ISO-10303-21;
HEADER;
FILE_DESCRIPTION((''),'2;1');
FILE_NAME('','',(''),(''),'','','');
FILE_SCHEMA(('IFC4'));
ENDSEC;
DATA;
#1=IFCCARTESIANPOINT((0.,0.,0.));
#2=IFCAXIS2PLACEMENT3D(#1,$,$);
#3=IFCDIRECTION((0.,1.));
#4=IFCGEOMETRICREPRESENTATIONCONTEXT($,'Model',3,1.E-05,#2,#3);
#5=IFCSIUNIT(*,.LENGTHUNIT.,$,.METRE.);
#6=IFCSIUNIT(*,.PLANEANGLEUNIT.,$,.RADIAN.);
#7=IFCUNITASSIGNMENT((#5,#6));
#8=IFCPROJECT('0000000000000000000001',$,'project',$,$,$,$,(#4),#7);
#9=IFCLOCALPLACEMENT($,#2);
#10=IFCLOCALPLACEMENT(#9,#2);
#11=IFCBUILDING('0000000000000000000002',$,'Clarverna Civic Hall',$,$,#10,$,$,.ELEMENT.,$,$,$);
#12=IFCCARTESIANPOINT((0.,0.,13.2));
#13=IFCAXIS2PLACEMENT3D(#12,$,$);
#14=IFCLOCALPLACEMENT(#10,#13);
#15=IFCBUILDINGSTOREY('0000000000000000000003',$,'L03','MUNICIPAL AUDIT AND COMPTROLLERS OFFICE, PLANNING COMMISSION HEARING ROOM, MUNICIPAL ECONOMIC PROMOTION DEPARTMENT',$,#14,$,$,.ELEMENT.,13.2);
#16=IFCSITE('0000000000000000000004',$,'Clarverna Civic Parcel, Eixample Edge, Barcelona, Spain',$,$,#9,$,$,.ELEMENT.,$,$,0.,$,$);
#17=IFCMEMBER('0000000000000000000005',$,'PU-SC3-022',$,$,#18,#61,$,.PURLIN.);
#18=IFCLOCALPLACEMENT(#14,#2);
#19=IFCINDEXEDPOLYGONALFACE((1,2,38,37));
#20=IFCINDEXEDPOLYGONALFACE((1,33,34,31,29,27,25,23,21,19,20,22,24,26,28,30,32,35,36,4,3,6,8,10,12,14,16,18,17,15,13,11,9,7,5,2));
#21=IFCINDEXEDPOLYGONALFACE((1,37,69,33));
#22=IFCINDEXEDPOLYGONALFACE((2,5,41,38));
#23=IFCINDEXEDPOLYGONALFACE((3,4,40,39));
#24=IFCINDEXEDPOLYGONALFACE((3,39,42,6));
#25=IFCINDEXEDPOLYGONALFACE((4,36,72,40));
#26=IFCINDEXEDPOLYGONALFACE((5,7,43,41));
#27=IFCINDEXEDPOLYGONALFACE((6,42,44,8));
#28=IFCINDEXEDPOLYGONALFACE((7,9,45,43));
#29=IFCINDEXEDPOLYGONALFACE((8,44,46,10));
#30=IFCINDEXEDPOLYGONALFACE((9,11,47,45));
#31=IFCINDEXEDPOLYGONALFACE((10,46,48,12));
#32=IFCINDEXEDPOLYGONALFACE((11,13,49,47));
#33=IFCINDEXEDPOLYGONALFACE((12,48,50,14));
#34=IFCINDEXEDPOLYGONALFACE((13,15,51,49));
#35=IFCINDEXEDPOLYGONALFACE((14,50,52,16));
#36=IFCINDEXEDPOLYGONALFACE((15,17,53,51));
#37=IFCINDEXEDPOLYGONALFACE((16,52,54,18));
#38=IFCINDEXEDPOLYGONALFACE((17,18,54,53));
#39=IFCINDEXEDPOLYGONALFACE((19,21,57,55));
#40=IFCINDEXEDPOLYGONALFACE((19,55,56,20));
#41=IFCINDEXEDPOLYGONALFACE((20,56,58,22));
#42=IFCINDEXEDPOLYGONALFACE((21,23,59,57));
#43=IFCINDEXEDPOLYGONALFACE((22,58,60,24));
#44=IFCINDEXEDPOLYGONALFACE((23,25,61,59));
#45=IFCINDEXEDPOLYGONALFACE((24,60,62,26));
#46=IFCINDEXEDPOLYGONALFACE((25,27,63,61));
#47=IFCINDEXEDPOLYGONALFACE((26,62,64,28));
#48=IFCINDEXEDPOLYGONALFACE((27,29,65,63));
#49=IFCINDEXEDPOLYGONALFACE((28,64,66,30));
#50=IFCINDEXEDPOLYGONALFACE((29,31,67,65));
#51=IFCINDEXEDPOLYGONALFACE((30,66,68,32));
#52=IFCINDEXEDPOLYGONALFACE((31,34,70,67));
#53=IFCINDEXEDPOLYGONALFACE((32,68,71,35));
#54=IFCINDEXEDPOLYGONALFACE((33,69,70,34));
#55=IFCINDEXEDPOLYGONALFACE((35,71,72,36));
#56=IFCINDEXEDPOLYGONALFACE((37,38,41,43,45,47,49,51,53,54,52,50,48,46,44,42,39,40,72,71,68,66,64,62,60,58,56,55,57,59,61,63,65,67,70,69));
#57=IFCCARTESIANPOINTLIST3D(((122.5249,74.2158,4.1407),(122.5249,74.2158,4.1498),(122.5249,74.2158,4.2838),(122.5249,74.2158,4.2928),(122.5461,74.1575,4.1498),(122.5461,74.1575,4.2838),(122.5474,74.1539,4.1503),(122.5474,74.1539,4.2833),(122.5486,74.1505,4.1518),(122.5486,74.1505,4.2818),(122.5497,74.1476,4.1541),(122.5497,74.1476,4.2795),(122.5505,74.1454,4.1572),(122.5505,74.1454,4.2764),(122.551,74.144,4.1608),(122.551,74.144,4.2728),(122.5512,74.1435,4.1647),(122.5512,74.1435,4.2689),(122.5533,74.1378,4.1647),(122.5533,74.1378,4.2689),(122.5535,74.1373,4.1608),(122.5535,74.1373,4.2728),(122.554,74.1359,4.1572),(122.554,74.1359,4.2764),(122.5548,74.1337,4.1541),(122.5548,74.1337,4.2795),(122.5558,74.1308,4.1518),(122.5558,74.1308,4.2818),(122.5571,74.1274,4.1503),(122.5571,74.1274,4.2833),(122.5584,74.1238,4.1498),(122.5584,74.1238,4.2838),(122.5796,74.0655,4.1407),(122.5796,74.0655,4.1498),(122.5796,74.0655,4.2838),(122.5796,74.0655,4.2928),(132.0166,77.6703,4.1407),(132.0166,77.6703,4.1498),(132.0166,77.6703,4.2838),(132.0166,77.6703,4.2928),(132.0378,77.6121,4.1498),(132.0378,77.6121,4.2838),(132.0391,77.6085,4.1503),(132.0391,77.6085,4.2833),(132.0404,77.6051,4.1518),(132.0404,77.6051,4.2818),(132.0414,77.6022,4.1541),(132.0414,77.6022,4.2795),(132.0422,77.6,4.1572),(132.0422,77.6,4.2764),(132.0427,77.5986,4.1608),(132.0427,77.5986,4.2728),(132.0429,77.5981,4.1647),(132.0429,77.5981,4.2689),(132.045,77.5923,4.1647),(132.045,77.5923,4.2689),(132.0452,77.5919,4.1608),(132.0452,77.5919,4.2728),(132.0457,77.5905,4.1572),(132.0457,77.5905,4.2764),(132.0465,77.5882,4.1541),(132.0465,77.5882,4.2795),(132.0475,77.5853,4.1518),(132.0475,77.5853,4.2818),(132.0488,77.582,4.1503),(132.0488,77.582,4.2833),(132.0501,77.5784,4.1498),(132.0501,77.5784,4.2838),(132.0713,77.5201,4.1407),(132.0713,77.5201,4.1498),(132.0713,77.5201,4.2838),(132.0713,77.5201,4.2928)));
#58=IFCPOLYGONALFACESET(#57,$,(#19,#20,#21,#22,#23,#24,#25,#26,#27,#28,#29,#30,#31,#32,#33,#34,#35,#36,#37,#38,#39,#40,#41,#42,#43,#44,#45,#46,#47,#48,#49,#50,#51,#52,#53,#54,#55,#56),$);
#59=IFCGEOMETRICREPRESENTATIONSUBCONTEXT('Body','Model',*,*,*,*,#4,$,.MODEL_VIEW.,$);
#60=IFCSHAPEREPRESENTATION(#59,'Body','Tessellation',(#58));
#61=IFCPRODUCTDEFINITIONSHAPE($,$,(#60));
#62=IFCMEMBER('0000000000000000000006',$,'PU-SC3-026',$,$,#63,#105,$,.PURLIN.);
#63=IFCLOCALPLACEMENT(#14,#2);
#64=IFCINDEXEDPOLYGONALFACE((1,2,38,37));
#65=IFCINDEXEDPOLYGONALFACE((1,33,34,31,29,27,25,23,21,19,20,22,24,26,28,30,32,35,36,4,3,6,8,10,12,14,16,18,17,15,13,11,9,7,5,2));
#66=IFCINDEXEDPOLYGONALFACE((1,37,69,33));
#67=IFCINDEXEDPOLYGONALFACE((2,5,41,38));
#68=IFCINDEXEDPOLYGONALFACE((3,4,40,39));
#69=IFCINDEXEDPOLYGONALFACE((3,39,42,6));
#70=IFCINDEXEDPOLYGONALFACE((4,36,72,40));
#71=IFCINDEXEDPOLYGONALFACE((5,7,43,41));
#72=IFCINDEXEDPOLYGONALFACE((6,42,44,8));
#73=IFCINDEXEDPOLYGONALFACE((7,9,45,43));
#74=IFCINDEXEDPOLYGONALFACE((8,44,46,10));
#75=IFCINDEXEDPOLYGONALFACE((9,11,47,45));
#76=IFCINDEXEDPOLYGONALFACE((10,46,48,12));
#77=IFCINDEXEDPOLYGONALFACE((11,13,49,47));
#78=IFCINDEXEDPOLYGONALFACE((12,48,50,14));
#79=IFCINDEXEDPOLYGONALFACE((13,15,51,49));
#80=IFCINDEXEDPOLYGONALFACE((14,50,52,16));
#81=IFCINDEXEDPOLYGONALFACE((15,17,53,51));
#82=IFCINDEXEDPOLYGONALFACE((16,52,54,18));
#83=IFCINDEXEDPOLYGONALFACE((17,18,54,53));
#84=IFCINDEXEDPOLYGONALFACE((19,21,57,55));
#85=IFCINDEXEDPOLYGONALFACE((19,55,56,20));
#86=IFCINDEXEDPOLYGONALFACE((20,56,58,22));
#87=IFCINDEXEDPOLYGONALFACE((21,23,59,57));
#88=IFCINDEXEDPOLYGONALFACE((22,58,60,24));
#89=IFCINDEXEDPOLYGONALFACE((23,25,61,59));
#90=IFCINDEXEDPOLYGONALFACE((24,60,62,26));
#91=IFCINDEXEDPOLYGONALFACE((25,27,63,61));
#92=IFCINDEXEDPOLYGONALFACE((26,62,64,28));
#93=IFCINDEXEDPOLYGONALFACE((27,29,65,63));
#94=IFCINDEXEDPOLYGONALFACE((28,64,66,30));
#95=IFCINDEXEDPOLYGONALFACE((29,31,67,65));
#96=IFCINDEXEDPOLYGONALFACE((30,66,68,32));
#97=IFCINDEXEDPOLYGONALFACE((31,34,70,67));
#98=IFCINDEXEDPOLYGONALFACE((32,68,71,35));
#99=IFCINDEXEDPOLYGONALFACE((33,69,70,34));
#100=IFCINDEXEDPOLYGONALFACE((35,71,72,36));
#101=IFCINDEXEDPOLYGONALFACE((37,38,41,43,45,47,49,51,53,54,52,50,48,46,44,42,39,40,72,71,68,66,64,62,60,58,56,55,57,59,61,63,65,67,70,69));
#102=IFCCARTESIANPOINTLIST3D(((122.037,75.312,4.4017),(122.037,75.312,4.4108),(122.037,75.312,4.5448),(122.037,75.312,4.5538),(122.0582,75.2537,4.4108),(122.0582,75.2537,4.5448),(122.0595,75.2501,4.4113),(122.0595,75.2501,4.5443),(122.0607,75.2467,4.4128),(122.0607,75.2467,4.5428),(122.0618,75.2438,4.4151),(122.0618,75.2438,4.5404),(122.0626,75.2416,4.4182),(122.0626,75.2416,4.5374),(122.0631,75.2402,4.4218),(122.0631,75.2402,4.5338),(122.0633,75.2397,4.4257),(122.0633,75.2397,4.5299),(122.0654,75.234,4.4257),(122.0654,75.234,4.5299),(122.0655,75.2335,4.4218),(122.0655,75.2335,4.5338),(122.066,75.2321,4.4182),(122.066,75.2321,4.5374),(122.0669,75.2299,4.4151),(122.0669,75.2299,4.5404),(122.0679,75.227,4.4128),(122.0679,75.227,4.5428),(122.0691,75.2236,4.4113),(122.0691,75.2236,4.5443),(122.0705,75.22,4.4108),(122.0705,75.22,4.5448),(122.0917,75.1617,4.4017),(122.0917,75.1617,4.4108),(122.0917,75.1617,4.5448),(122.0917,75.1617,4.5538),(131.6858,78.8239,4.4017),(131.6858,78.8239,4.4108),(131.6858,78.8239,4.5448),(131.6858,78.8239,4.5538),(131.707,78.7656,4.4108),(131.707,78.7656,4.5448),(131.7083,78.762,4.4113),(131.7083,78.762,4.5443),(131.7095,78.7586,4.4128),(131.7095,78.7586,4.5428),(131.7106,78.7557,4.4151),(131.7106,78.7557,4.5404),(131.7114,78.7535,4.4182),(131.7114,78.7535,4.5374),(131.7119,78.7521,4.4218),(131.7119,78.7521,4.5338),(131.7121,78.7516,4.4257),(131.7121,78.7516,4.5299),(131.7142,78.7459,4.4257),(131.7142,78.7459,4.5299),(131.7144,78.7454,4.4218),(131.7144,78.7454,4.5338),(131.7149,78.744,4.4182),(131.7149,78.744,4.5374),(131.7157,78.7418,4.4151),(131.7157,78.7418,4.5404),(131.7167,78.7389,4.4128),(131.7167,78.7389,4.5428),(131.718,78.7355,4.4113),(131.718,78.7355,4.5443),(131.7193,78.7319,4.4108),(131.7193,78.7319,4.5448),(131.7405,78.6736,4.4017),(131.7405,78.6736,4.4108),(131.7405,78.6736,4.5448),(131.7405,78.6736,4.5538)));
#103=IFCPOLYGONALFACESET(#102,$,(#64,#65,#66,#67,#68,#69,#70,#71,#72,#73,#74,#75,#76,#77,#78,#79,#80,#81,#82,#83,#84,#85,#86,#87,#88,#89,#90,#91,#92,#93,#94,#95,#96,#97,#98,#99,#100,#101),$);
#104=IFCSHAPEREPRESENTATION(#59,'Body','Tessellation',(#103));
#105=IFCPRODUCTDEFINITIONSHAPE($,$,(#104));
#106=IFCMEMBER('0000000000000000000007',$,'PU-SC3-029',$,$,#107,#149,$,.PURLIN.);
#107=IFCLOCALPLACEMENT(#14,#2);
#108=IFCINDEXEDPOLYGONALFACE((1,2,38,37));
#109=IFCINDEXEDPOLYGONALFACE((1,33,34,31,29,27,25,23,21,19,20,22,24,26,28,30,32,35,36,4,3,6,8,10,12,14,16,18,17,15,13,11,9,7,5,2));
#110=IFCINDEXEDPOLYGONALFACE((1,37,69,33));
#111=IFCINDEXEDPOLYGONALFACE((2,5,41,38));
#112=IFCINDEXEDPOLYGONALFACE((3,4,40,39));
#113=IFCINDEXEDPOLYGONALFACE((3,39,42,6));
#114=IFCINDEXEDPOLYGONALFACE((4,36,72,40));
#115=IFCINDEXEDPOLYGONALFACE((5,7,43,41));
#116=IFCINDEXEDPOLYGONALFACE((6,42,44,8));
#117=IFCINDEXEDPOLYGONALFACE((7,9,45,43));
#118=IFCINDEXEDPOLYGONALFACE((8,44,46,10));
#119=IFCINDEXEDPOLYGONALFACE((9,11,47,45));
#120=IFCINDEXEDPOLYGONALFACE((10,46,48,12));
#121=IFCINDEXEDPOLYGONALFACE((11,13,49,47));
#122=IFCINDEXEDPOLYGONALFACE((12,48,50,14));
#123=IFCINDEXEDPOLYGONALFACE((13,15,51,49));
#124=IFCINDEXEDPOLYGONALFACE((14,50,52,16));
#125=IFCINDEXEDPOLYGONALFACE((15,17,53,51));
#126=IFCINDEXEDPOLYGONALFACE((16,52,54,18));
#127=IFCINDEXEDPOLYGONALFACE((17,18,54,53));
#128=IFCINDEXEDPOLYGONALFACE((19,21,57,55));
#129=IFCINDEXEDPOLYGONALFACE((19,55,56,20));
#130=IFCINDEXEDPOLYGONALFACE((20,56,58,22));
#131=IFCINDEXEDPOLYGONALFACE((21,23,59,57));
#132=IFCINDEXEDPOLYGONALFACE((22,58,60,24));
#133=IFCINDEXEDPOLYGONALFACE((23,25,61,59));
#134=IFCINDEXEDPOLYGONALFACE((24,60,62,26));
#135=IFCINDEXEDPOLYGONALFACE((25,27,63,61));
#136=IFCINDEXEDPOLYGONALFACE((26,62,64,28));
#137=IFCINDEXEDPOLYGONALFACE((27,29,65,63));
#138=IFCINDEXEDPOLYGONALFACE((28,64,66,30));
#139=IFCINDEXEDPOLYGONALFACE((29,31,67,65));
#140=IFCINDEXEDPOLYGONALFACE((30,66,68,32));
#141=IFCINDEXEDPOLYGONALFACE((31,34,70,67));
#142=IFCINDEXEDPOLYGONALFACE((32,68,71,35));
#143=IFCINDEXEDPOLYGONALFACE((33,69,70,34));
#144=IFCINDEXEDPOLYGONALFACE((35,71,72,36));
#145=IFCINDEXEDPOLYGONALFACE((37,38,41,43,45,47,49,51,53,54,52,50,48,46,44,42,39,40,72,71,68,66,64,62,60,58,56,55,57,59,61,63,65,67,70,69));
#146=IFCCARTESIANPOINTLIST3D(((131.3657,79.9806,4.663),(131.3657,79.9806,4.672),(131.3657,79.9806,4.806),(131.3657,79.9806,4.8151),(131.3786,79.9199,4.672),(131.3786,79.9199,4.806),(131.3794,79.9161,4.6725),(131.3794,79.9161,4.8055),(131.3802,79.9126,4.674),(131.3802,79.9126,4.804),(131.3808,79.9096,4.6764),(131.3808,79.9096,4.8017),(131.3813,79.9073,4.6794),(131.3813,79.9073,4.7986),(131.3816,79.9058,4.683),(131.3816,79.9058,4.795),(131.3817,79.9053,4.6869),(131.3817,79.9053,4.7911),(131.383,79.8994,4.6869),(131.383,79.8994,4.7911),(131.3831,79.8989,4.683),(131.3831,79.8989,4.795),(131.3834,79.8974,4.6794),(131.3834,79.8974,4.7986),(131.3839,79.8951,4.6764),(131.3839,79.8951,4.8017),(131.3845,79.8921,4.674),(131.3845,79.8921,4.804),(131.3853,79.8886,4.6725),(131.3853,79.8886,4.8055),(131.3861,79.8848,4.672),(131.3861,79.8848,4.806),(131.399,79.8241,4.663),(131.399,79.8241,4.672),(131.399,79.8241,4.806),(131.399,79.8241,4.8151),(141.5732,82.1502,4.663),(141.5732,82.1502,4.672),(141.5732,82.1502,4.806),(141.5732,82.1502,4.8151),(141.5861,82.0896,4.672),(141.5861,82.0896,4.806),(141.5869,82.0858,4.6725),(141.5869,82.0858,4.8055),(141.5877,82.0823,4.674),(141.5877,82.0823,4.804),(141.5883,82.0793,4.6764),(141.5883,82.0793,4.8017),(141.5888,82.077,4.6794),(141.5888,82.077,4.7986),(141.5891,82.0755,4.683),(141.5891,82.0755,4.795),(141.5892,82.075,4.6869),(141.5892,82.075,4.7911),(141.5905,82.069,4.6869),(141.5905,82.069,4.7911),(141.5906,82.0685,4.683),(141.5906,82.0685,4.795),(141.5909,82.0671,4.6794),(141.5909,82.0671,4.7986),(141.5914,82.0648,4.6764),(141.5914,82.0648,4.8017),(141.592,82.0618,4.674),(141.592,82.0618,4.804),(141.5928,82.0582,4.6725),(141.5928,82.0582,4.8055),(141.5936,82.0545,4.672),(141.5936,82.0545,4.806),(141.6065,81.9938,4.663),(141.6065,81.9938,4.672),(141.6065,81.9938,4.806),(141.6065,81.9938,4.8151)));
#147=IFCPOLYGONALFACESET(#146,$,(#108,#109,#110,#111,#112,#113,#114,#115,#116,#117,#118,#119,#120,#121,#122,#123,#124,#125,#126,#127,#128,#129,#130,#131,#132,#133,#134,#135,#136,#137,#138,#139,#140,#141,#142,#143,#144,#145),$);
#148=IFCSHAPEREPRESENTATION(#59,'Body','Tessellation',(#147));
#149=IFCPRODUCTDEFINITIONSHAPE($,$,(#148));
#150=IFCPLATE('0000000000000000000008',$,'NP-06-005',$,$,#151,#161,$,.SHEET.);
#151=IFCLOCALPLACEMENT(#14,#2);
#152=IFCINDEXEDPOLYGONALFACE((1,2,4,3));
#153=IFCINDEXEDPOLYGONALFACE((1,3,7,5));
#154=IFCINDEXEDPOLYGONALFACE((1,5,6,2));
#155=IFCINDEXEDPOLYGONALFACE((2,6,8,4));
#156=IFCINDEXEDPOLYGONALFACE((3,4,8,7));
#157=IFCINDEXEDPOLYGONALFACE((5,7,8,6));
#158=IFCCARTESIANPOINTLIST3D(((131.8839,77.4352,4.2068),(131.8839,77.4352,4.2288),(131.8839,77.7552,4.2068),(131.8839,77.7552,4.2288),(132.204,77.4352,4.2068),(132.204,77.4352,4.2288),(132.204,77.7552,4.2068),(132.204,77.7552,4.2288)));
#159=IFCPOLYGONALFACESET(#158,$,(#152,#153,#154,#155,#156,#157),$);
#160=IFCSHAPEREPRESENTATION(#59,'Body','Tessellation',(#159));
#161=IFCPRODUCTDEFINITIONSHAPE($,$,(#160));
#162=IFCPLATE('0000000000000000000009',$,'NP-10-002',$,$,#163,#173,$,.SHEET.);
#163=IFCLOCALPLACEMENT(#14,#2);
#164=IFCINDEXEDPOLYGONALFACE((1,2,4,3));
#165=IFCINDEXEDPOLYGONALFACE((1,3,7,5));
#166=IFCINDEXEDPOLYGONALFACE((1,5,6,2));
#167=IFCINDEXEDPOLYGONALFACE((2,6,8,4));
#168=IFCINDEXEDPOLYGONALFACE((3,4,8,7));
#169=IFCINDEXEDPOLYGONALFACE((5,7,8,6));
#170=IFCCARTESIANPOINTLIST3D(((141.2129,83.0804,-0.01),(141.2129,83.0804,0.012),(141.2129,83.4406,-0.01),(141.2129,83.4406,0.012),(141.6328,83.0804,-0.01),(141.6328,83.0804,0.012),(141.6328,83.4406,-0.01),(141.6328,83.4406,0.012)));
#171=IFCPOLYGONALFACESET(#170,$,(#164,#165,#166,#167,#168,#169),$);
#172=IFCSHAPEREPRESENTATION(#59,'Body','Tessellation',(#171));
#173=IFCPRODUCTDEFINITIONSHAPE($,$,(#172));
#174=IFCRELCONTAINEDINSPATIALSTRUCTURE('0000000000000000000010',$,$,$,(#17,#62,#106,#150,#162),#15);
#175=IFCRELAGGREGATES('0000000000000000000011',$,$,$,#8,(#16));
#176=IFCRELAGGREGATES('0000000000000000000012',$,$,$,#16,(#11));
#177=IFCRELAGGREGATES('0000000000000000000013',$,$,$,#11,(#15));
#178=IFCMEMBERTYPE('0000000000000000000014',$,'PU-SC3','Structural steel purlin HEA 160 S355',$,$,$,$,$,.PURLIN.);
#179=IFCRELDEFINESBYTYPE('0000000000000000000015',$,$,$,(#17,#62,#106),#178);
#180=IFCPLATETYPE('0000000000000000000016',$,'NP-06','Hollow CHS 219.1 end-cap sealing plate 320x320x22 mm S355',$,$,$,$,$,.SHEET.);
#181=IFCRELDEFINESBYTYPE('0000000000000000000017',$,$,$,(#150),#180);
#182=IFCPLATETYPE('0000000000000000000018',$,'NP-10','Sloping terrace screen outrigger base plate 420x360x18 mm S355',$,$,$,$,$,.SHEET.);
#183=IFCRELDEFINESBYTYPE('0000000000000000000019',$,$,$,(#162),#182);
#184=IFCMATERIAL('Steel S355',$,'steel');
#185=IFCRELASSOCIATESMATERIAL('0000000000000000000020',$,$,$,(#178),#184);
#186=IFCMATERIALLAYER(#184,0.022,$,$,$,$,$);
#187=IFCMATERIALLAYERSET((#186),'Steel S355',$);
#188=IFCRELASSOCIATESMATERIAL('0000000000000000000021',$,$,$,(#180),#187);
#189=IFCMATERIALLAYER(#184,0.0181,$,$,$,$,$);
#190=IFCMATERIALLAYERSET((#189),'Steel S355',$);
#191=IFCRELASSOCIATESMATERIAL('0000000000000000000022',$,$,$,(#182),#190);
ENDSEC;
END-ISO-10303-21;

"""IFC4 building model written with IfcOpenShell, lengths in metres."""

from ifc_helpers import new_model, si_unit, direction, frame, origin, origin_2d, place, context, subcontext, project, spatial, rectangle, i_section, extrude, material, layer, layer_set, material_profile, profile_set, type_object, element, save


model = new_model("IFC4")

# Units and contexts
model_context = context("Model", 3, precision=1e-05, world=origin(), true_north=direction((0.0, 1.0)))
body_context = subcontext(model_context, "Body", "Model", "MODEL_VIEW")
ifc_project = project(units=[si_unit("LENGTHUNIT", "METRE"), si_unit("PLANEANGLEUNIT", "RADIAN")], contexts=[model_context])

# Site, building, storey
site_placement = place(None, origin())
site = spatial("IfcSite", under=ifc_project, at=site_placement, Name="Clarverna Civic Parcel, Eixample Edge, Barcelona, Spain", CompositionType="ELEMENT", RefElevation=0.0)
building_placement = place(site_placement, origin())
building = spatial("IfcBuilding", under=site, at=building_placement, Name="Clarverna Civic Hall", CompositionType="ELEMENT")
storey_placement = place(building_placement, frame((0.0, 0.0, 13.2)))
storey = spatial("IfcBuildingStorey", under=building, at=storey_placement, Name="L03", Description="MUNICIPAL AUDIT AND COMPTROLLERS OFFICE, PLANNING COMMISSION HEARING ROOM, MUNICIPAL ECONOMIC PROMOTION DEPARTMENT", CompositionType="ELEMENT", Elevation=13.2)

# Shared definitions
ifc_material_1 = material(Name="Steel S355", Category="steel")

# Members
ifc_material_profile_1 = material_profile(ifc_material_1, i_section(OverallWidth=0.1599, OverallDepth=0.1521, WebThickness=0.0061, FlangeThickness=0.009, FilletRadius=0.0149, at=origin_2d()), Name="HEA 160")
ifc_profile_set_1 = profile_set([ifc_material_profile_1], Name="Steel S355")
member_type_1 = type_object("IfcMemberType", Name="PU-SC3", Description="Structural steel purlin HEA 160 S355", PredefinedType="PURLIN", material=ifc_profile_set_1)
member_1_placement = place(storey_placement, frame((132.0439, 77.5952, 4.2168), z_axis=(-0.939696, -0.342011, 0.0), x_axis=(0.342011, -0.939696, 0.0)))
element("IfcMember", 1, at=member_1_placement, inside=storey, type_object=member_type_1, Name="PU-SC3-022", PredefinedType="PURLIN", context=body_context, shape_type="SweptSolid", body=[
    extrude(i_section(OverallWidth=0.1599, OverallDepth=0.1521, WebThickness=0.0061, FlangeThickness=0.009, FilletRadius=0.0149, at=origin_2d()), origin(), (0.0, 0.0, 1.0), 10.1008),
])
member_2_placement = place(storey_placement, frame((131.7131, 78.7488, 4.4778), z_axis=(-0.939691, -0.342024, 0.0), x_axis=(0.342024, -0.939691, 0.0)))
element("IfcMember", 2, at=member_2_placement, inside=storey, type_object=member_type_1, Name="PU-SC3-026", PredefinedType="PURLIN", context=body_context, shape_type="SweptSolid", body=[
    extrude(i_section(OverallWidth=0.1599, OverallDepth=0.1521, WebThickness=0.0061, FlangeThickness=0.009, FilletRadius=0.0149, at=origin_2d()), origin(), (0.0, 0.0, 1.0), 10.2681),
])
member_3_placement = place(storey_placement, frame((141.5898, 82.072, 4.739), z_axis=(-0.978148, -0.207912, 0.0), x_axis=(0.207912, -0.978148, 0.0)))
element("IfcMember", 3, at=member_3_placement, inside=storey, type_object=member_type_1, Name="PU-SC3-029", PredefinedType="PURLIN", context=body_context, shape_type="SweptSolid", body=[
    extrude(i_section(OverallWidth=0.1599, OverallDepth=0.1521, WebThickness=0.0061, FlangeThickness=0.009, FilletRadius=0.0149, at=origin_2d()), origin(), (0.0, 0.0, 1.0), 10.4355),
])

# Plates
ifc_layer_1 = layer(ifc_material_1, 0.022)
ifc_layer_set_1 = layer_set([ifc_layer_1], Name="Steel S355")
plate_type_1 = type_object("IfcPlateType", Name="NP-06", Description="Hollow CHS 219.1 end-cap sealing plate 320x320x22 mm S355", PredefinedType="SHEET", material=ifc_layer_set_1)
plate_1_placement = place(storey_placement, frame((132.0439, 77.5952, 4.2068), z_axis=(0.0, 0.0, 1.0), x_axis=(1.0, 0.0, 0.0)))
element("IfcPlate", 4, at=plate_1_placement, inside=storey, type_object=plate_type_1, Name="NP-06-005", PredefinedType="SHEET", context=body_context, shape_type="SweptSolid", body=[
    extrude(rectangle(XDim=0.3201, YDim=0.3201, at=origin_2d()), origin(), (0.0, 0.0, 1.0), 0.022),
])
ifc_layer_2 = layer(ifc_material_1, 0.0181)
ifc_layer_set_2 = layer_set([ifc_layer_2], Name="Steel S355")
plate_type_2 = type_object("IfcPlateType", Name="NP-10", Description="Sloping terrace screen outrigger base plate 420x360x18 mm S355", PredefinedType="SHEET", material=ifc_layer_set_2)
plate_2_placement = place(storey_placement, frame((141.4229, 83.2605, -0.01), z_axis=(0.0, 0.0, 1.0), x_axis=(1.0, 0.0, 0.0)))
element("IfcPlate", 5, at=plate_2_placement, inside=storey, type_object=plate_type_2, Name="NP-10-002", PredefinedType="SHEET", context=body_context, shape_type="SweptSolid", body=[
    extrude(rectangle(XDim=0.4199, YDim=0.3601, at=origin_2d()), origin(), (0.0, 0.0, 1.0), 0.022),
])

save(model, "model.ifc")
